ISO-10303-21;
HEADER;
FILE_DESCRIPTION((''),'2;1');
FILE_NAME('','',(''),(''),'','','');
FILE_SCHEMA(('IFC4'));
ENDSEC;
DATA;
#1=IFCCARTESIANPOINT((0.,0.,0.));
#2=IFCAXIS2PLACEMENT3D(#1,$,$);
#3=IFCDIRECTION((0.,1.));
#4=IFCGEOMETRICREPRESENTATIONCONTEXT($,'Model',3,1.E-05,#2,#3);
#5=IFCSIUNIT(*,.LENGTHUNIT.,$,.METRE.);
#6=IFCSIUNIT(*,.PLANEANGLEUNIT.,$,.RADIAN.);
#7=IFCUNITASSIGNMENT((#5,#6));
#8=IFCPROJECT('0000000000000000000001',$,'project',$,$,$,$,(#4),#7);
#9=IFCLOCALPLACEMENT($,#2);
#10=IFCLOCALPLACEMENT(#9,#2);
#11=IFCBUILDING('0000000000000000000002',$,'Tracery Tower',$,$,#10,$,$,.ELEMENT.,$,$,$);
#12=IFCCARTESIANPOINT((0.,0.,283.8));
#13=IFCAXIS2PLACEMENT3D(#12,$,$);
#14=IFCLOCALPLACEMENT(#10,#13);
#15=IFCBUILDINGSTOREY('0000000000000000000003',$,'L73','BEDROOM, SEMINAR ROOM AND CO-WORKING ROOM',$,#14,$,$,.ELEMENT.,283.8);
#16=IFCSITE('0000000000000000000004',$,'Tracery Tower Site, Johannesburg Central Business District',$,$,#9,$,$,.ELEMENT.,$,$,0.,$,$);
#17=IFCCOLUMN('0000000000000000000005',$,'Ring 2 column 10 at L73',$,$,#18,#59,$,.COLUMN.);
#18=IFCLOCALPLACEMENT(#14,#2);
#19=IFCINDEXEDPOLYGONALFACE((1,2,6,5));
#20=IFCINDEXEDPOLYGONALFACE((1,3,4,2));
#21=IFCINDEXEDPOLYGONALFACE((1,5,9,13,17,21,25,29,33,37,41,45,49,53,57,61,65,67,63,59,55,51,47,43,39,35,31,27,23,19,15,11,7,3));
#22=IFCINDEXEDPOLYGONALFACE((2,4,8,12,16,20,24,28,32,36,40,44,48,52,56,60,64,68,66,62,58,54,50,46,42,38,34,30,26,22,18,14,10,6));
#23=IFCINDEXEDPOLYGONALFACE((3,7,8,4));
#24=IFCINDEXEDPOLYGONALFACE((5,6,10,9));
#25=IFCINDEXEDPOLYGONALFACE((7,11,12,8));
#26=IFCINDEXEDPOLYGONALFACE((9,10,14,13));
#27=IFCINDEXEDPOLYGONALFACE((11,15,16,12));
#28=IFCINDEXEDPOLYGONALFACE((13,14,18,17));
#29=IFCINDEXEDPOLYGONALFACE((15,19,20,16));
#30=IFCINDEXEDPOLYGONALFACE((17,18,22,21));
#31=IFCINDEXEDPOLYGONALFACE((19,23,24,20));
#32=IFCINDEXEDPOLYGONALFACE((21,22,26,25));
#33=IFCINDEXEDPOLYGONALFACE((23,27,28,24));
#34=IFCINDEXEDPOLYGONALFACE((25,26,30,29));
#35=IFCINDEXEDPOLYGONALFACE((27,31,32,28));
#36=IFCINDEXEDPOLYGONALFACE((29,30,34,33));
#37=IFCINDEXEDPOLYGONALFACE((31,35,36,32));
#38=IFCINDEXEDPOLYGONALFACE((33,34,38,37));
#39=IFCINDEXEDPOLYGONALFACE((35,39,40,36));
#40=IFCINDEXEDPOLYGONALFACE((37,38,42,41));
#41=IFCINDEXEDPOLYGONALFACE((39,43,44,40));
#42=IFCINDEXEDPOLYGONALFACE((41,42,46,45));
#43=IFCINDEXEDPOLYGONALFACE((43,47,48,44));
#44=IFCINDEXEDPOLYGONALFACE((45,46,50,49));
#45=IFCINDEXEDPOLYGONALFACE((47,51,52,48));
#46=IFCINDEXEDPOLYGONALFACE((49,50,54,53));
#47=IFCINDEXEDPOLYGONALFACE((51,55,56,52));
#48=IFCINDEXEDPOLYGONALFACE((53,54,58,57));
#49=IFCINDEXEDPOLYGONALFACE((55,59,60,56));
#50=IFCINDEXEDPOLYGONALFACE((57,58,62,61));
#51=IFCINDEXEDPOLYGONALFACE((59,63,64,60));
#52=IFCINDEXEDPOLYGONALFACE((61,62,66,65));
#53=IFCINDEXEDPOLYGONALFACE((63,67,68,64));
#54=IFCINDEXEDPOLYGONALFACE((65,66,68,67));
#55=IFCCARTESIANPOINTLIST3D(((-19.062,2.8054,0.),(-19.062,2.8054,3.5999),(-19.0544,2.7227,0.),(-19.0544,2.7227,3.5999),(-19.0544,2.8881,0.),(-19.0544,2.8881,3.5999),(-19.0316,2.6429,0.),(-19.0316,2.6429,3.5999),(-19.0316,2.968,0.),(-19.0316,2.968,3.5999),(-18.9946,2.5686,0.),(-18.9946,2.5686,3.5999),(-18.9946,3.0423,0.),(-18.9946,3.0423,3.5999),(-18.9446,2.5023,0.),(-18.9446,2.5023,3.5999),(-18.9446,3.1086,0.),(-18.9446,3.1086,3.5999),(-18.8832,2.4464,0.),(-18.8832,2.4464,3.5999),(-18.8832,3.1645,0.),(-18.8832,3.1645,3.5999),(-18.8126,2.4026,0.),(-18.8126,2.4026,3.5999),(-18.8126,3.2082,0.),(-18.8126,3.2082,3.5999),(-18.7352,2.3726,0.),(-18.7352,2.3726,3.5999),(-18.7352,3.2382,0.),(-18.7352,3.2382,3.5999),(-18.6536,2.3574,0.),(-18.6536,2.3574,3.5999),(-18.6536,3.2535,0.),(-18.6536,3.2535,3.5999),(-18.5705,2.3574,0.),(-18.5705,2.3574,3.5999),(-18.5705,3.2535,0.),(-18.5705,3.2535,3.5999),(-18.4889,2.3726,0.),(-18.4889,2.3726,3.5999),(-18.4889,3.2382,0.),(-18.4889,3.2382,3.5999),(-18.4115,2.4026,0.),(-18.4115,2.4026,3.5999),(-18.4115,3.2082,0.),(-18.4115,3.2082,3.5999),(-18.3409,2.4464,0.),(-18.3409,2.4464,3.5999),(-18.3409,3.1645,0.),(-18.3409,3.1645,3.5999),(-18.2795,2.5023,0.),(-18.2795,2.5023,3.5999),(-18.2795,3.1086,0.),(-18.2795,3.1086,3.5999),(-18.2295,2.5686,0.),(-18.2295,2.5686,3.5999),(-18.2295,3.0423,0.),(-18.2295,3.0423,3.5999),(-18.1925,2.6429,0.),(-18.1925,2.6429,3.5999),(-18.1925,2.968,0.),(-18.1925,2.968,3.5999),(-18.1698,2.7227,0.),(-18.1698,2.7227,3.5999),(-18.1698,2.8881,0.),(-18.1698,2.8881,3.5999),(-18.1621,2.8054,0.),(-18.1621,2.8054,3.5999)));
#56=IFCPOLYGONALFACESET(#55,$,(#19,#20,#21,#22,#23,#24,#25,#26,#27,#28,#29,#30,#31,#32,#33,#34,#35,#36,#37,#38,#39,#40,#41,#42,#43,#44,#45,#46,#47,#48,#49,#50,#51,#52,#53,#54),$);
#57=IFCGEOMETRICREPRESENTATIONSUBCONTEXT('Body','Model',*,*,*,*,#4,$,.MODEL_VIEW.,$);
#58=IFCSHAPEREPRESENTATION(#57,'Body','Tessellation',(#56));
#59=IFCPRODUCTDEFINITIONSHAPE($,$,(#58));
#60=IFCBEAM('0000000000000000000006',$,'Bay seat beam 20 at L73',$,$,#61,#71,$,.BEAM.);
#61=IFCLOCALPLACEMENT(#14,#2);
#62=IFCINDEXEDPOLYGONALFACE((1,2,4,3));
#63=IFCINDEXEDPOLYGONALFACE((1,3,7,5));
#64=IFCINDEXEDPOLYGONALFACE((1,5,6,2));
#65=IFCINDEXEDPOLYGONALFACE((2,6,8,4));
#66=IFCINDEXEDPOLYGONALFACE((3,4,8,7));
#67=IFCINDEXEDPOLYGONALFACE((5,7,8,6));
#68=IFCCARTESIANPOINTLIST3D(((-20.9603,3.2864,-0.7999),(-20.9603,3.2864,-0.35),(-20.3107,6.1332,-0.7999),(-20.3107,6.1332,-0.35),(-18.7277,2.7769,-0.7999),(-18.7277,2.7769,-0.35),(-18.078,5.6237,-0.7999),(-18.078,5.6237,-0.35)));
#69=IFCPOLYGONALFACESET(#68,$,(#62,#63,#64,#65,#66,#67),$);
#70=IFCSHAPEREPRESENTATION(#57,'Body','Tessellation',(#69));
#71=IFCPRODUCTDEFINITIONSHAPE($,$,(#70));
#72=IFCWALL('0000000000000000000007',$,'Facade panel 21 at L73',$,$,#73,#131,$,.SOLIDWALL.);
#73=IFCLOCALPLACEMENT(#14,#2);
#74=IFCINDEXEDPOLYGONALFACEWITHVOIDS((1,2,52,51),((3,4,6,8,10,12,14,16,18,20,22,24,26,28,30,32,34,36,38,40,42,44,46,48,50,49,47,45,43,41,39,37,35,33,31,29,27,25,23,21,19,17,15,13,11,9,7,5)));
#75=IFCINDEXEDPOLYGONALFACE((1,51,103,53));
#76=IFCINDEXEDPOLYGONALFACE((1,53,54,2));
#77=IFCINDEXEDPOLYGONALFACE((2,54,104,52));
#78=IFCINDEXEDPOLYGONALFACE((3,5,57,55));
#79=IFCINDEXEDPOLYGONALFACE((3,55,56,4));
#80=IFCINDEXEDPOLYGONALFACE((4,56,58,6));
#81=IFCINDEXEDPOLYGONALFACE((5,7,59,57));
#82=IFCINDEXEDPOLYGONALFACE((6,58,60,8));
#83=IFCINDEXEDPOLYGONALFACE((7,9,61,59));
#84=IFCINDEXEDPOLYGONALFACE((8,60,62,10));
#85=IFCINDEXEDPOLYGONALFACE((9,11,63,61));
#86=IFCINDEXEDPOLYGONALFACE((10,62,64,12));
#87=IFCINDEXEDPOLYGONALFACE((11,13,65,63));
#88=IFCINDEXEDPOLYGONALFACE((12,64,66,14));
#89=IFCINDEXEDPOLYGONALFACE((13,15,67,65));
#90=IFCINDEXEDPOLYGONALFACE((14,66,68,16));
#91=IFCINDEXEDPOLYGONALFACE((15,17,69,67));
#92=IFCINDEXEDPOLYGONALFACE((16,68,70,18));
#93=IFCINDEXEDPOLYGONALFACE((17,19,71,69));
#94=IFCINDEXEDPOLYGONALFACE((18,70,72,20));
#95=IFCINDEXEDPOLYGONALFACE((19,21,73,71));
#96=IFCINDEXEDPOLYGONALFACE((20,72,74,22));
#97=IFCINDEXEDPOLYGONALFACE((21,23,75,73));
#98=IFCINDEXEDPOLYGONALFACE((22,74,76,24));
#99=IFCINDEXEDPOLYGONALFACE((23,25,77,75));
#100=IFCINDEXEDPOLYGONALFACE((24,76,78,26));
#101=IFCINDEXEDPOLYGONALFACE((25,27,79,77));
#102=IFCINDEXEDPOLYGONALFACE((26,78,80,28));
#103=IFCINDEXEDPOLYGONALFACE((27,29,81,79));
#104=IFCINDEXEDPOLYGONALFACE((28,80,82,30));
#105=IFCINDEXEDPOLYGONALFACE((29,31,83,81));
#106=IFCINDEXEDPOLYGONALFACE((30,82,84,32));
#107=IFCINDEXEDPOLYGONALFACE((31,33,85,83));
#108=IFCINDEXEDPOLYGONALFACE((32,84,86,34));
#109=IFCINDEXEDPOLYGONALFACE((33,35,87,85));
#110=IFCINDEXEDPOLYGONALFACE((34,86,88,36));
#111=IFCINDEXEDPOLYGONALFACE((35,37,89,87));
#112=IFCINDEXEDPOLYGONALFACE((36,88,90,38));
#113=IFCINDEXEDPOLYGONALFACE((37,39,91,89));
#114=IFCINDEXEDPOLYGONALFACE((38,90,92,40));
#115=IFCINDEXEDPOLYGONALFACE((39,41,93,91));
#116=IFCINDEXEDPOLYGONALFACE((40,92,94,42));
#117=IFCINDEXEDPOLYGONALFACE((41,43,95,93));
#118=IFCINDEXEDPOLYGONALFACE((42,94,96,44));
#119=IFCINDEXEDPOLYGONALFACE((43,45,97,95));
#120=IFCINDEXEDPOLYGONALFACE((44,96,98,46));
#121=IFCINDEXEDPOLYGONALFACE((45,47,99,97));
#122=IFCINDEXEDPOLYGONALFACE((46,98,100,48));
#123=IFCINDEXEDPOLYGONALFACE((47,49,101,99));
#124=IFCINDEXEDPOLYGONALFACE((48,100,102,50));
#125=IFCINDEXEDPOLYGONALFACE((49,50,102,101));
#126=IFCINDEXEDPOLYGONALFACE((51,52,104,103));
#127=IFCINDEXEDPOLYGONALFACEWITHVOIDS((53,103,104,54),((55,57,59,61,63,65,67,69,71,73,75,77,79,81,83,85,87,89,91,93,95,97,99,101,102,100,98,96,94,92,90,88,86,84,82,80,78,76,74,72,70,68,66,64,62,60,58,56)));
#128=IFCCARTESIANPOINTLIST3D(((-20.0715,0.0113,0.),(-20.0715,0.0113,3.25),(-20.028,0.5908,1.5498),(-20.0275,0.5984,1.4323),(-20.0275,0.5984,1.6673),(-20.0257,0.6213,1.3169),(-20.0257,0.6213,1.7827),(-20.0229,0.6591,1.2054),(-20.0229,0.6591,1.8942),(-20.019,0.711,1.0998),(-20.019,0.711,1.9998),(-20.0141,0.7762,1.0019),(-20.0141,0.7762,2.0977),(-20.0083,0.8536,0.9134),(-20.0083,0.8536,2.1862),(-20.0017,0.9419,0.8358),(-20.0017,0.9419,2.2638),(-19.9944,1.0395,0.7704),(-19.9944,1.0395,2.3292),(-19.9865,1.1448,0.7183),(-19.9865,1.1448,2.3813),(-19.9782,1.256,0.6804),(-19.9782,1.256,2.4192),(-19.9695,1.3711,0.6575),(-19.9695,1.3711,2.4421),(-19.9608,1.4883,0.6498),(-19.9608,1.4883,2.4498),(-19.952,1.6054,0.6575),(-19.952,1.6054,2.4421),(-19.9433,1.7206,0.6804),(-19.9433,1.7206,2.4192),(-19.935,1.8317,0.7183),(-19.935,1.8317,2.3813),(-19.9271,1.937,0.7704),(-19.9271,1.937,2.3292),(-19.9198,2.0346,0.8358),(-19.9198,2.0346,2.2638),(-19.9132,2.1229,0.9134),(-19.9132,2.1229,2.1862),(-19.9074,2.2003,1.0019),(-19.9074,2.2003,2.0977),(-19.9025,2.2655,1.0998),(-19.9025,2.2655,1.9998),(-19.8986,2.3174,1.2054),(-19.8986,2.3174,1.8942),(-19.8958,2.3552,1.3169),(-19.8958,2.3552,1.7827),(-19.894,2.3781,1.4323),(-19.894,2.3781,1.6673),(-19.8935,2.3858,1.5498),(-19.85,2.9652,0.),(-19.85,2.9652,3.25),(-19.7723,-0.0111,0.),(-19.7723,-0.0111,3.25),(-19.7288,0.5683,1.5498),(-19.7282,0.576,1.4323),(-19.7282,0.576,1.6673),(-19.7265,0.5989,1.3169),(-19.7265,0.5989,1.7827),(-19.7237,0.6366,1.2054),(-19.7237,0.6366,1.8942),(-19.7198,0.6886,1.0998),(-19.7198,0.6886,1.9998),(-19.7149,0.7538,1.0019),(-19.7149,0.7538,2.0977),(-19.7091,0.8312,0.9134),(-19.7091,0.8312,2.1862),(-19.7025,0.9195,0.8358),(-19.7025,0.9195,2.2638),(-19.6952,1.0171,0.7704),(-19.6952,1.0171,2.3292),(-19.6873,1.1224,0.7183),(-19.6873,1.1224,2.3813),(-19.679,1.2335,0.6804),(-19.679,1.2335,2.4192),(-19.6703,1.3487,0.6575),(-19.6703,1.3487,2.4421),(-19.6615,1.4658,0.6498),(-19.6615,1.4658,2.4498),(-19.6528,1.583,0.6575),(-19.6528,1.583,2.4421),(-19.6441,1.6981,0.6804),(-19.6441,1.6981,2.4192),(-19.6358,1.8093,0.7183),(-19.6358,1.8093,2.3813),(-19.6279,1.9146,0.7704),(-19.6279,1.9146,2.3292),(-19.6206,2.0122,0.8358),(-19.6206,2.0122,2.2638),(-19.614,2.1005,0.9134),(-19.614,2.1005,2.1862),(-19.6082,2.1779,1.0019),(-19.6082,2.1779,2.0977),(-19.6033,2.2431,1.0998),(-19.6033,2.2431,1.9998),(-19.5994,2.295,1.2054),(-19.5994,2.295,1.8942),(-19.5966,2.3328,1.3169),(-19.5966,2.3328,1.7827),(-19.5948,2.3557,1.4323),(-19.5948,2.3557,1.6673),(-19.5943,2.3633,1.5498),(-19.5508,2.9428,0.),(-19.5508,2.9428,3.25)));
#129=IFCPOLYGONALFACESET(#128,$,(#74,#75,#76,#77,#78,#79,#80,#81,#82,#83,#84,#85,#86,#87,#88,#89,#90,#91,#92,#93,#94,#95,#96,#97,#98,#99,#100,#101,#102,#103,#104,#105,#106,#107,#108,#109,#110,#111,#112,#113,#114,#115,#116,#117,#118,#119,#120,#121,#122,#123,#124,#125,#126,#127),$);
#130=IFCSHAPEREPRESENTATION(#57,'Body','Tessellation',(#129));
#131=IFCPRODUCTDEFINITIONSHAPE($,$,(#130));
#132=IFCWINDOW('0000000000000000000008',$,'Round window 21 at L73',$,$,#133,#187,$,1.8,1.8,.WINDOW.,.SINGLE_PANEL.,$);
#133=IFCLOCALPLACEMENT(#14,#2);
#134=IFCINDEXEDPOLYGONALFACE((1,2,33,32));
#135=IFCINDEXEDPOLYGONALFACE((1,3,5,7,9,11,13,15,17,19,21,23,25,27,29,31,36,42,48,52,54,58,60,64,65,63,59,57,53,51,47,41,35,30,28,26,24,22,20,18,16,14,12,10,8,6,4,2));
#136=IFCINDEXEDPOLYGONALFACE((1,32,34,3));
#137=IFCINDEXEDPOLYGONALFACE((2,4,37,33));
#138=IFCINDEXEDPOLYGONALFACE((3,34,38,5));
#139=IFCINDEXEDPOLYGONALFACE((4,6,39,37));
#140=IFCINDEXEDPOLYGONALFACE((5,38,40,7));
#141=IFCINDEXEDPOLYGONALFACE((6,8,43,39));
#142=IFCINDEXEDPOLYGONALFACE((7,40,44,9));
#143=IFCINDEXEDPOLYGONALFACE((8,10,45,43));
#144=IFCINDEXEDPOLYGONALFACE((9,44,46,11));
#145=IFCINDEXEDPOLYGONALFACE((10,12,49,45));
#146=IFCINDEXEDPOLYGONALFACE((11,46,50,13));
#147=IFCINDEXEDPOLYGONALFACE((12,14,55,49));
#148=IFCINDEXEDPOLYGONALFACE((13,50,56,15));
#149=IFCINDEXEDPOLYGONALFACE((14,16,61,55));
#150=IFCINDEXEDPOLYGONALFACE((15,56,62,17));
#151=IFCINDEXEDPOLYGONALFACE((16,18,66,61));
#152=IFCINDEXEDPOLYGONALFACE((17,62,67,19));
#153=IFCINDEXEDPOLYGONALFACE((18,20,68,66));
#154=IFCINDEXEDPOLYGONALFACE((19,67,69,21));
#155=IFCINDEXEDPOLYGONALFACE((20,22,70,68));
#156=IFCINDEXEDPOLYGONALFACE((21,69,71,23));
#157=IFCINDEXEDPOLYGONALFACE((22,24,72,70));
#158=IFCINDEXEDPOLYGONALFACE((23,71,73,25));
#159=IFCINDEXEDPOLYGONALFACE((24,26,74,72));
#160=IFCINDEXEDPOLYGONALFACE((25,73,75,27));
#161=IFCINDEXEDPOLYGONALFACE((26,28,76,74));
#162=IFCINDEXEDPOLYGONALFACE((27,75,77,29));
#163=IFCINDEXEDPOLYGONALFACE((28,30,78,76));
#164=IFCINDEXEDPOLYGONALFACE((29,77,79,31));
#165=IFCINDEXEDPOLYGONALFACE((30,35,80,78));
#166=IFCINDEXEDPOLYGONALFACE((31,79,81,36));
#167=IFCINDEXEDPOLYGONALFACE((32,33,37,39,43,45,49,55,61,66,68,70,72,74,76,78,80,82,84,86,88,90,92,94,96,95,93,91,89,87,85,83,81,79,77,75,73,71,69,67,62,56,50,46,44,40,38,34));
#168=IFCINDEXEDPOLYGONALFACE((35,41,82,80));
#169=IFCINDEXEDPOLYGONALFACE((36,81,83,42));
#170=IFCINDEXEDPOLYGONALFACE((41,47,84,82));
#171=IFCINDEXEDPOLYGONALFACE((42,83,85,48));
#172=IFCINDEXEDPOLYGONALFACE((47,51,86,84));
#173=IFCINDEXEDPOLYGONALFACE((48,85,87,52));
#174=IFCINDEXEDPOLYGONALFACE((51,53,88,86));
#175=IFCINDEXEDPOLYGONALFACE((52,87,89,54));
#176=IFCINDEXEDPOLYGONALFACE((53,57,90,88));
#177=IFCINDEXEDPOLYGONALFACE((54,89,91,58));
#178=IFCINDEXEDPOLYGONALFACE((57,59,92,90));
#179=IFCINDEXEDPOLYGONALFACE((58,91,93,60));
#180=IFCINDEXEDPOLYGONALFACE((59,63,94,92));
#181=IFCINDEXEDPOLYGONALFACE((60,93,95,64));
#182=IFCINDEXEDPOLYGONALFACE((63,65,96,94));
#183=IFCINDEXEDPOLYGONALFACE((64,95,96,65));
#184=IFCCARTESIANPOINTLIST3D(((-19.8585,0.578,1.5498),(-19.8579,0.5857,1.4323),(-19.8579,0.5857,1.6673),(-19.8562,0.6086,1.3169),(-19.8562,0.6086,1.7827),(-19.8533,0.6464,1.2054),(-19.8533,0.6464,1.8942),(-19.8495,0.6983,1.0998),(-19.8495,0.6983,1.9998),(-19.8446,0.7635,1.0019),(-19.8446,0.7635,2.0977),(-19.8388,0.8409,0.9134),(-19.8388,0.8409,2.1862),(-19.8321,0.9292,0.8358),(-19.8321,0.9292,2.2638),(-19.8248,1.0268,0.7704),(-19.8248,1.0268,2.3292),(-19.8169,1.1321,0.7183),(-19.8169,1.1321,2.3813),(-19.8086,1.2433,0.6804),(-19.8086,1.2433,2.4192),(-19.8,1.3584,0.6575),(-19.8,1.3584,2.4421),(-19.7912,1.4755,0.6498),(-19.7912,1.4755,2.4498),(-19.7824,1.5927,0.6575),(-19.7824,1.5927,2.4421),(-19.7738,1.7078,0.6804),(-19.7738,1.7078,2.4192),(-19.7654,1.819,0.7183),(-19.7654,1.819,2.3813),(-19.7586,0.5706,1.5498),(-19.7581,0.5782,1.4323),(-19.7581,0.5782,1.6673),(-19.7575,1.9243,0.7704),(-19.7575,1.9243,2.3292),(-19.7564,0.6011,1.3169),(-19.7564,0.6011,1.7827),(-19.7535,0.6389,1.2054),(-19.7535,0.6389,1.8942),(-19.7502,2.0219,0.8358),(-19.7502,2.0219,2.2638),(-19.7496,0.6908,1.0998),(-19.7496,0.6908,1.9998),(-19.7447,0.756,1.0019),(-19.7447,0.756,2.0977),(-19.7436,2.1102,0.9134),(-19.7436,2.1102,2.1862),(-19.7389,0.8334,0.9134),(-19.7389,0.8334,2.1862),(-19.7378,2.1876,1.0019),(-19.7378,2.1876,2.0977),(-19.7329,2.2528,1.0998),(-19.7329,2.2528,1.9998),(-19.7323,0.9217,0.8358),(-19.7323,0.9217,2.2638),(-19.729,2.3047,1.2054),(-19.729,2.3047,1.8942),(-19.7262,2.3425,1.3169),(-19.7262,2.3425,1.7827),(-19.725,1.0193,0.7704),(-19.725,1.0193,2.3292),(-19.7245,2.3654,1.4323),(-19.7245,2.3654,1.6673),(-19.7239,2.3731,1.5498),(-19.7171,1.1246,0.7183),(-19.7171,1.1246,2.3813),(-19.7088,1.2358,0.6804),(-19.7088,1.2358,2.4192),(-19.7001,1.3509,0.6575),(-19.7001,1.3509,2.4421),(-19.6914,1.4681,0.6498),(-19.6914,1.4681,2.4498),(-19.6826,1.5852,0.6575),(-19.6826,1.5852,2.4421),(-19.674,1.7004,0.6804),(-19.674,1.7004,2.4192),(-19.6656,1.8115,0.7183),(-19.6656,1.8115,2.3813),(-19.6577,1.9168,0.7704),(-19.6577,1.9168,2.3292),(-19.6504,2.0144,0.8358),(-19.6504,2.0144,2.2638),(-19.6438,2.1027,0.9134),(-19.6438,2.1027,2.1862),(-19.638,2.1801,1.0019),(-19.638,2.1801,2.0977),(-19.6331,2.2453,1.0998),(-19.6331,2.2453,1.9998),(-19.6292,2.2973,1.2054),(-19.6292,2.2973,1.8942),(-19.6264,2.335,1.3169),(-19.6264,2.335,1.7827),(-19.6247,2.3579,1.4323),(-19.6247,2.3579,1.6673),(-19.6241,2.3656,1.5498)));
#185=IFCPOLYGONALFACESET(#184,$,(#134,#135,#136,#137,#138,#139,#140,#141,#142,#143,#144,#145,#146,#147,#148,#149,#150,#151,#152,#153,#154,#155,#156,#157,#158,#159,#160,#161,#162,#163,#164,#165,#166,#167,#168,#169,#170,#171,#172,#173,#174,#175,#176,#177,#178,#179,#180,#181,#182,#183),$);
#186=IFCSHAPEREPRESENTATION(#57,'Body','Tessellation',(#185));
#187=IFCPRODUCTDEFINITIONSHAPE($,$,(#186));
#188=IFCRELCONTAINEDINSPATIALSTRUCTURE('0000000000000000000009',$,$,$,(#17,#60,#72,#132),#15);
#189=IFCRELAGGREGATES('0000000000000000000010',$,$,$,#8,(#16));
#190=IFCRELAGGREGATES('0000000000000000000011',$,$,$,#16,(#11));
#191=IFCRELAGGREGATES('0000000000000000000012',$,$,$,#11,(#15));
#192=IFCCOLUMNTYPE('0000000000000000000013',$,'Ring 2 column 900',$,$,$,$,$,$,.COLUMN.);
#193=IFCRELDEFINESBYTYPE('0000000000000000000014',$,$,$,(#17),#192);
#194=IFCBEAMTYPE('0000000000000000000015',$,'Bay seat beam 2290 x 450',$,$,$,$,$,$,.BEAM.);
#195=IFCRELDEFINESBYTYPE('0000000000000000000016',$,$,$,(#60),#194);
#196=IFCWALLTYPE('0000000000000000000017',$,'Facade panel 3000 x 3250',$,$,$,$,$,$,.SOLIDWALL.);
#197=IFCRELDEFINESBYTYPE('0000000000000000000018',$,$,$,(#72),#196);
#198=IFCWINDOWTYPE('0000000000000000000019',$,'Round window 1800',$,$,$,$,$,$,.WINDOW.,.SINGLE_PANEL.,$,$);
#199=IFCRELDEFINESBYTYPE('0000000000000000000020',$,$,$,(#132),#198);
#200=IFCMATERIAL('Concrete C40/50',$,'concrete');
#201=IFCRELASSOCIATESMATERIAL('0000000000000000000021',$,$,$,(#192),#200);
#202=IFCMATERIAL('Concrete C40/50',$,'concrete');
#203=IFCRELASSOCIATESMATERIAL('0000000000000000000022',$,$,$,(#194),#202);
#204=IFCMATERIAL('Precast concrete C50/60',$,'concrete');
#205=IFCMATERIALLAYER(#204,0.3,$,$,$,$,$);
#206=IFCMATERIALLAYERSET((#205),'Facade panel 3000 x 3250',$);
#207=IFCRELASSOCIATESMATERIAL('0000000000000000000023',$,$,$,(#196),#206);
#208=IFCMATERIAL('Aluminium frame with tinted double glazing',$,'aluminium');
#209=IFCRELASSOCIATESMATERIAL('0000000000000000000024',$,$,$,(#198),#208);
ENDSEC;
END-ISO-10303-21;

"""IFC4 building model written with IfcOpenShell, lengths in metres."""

from ifc_helpers import new_model, si_unit, direction, frame, frame_2d, origin, origin_2d, place, context, subcontext, project, spatial, rectangle, circle, extrude, material, layer, layer_set, material_profile, profile_set, type_object, element, fill, save


model = new_model("IFC4")

# Units and contexts
model_context = context("Model", 3, precision=1e-05, world=origin(), true_north=direction((0.0, 1.0)))
body_context = subcontext(model_context, "Body", "Model", "MODEL_VIEW")
ifc_project = project(units=[si_unit("LENGTHUNIT", "METRE"), si_unit("PLANEANGLEUNIT", "RADIAN")], contexts=[model_context])

# Site, building, storey
site_placement = place(None, origin())
site = spatial("IfcSite", under=ifc_project, at=site_placement, Name="Tracery Tower Site, Johannesburg Central Business District", CompositionType="ELEMENT", RefElevation=0.0)
building_placement = place(site_placement, origin())
building = spatial("IfcBuilding", under=site, at=building_placement, Name="Tracery Tower", CompositionType="ELEMENT")
storey_placement = place(building_placement, frame((0.0, 0.0, 283.8)))
storey = spatial("IfcBuildingStorey", under=building, at=storey_placement, Name="L73", Description="BEDROOM, SEMINAR ROOM AND CO-WORKING ROOM", CompositionType="ELEMENT", Elevation=283.8)

# Column
ifc_material_1 = material(Name="Concrete C40/50", Category="concrete")
ifc_material_profile_1 = material_profile(ifc_material_1, circle(Radius=0.45, at=origin_2d()), Name="RC D900")
ifc_profile_set_1 = profile_set([ifc_material_profile_1], Name="Concrete C40/50")
column_type = type_object("IfcColumnType", Name="Ring 2 column 900", PredefinedType="COLUMN", material=ifc_profile_set_1)
column_placement = place(storey_placement, frame((-18.6121, 2.8054, 0.0), z_axis=(0.0, 0.0, 1.0), x_axis=(1.0, 0.0, 0.0)))
element("IfcColumn", 1, at=column_placement, inside=storey, type_object=column_type, Name="Ring 2 column 10 at L73", PredefinedType="COLUMN", context=body_context, shape_type="SweptSolid", body=[
    extrude(circle(Radius=0.45, at=origin_2d()), origin(), (0.0, 0.0, 1.0), 3.5999),
])

# Beam
ifc_material_2 = material(Name="Concrete C40/50", Category="concrete")
ifc_material_profile_2 = material_profile(ifc_material_2, rectangle(XDim=2.29, YDim=0.45, at=origin_2d()), Name="RC 2290x450")
ifc_profile_set_2 = profile_set([ifc_material_profile_2], Name="Concrete C40/50")
beam_type = type_object("IfcBeamType", Name="Bay seat beam 2290 x 450", PredefinedType="BEAM", material=ifc_profile_set_2)
beam_placement = place(storey_placement, frame((-19.1943, 5.8784, -0.575), z_axis=(-0.222496, -0.974934, 0.0), x_axis=(0.974934, -0.222496, 0.0)))
element("IfcBeam", 2, at=beam_placement, inside=storey, type_object=beam_type, Name="Bay seat beam 20 at L73", PredefinedType="BEAM", context=body_context, shape_type="SweptSolid", body=[
    extrude(rectangle(XDim=2.29, YDim=0.45, at=origin_2d()), origin(), (0.0, 0.0, 1.0), 2.9199),
])

# Wall, opening, window
ifc_material_3 = material(Name="Precast concrete C50/60", Category="concrete")
ifc_layer_1 = layer(ifc_material_3, 0.3)
ifc_layer_set_1 = layer_set([ifc_layer_1], Name="Facade panel 3000 x 3250")
wall_type_1 = type_object("IfcWallType", Name="Facade panel 3000 x 3250", PredefinedType="SOLIDWALL", material=ifc_layer_set_1)
wall_1_placement = place(storey_placement, frame((-19.7004, 2.9539, 0.0), z_axis=(0.0, 0.0, 1.0), x_axis=(-0.074755, -0.997202, 0.0)))
wall_1 = element("IfcWall", 3, at=wall_1_placement, inside=storey, type_object=wall_type_1, Name="Facade panel 21 at L73", PredefinedType="SOLIDWALL", context=body_context, shape_type="SweptSolid", body=[
    extrude(rectangle(XDim=2.9622, YDim=0.3, at=frame_2d((1.481, 0.0))), origin(), (0.0, 0.0, 1.0), 3.25),
])
opening_1_placement = place(wall_1_placement, frame((1.481, 0.0, 1.5498)))
opening_1 = element("IfcOpeningElement", 4, at=opening_1_placement, cuts=wall_1, PredefinedType="OPENING", context=body_context, shape_type="SweptSolid", body=[
    extrude(circle(Radius=0.9, at=origin_2d()), frame((0.0, 0.1599, 0.0), z_axis=(0.0, -1.0, 0.0), x_axis=(1.0, 0.0, 0.0)), (0.0, 0.0, 1.0), 0.3201),
])
ifc_material_4 = material(Name="Aluminium frame with tinted double glazing", Category="aluminium")
window_type = type_object("IfcWindowType", Name="Round window 1800", PartitioningType="SINGLE_PANEL", PredefinedType="WINDOW", material=ifc_material_4)
window_1_placement = place(opening_1_placement, origin())
window_1 = element("IfcWindow", 5, at=window_1_placement, inside=storey, type_object=window_type, Name="Round window 21 at L73", OverallHeight=1.8, OverallWidth=1.8, PartitioningType="SINGLE_PANEL", PredefinedType="WINDOW", context=body_context, shape_type="SweptSolid", body=[
    extrude(circle(Radius=0.9, at=origin_2d()), frame((0.0, 0.1201, 0.0), z_axis=(0.0, -1.0, 0.0), x_axis=(1.0, 0.0, 0.0)), (0.0, 0.0, 1.0), 0.1001),
])
fill(opening_1, window_1)

save(model, "model.ifc")
